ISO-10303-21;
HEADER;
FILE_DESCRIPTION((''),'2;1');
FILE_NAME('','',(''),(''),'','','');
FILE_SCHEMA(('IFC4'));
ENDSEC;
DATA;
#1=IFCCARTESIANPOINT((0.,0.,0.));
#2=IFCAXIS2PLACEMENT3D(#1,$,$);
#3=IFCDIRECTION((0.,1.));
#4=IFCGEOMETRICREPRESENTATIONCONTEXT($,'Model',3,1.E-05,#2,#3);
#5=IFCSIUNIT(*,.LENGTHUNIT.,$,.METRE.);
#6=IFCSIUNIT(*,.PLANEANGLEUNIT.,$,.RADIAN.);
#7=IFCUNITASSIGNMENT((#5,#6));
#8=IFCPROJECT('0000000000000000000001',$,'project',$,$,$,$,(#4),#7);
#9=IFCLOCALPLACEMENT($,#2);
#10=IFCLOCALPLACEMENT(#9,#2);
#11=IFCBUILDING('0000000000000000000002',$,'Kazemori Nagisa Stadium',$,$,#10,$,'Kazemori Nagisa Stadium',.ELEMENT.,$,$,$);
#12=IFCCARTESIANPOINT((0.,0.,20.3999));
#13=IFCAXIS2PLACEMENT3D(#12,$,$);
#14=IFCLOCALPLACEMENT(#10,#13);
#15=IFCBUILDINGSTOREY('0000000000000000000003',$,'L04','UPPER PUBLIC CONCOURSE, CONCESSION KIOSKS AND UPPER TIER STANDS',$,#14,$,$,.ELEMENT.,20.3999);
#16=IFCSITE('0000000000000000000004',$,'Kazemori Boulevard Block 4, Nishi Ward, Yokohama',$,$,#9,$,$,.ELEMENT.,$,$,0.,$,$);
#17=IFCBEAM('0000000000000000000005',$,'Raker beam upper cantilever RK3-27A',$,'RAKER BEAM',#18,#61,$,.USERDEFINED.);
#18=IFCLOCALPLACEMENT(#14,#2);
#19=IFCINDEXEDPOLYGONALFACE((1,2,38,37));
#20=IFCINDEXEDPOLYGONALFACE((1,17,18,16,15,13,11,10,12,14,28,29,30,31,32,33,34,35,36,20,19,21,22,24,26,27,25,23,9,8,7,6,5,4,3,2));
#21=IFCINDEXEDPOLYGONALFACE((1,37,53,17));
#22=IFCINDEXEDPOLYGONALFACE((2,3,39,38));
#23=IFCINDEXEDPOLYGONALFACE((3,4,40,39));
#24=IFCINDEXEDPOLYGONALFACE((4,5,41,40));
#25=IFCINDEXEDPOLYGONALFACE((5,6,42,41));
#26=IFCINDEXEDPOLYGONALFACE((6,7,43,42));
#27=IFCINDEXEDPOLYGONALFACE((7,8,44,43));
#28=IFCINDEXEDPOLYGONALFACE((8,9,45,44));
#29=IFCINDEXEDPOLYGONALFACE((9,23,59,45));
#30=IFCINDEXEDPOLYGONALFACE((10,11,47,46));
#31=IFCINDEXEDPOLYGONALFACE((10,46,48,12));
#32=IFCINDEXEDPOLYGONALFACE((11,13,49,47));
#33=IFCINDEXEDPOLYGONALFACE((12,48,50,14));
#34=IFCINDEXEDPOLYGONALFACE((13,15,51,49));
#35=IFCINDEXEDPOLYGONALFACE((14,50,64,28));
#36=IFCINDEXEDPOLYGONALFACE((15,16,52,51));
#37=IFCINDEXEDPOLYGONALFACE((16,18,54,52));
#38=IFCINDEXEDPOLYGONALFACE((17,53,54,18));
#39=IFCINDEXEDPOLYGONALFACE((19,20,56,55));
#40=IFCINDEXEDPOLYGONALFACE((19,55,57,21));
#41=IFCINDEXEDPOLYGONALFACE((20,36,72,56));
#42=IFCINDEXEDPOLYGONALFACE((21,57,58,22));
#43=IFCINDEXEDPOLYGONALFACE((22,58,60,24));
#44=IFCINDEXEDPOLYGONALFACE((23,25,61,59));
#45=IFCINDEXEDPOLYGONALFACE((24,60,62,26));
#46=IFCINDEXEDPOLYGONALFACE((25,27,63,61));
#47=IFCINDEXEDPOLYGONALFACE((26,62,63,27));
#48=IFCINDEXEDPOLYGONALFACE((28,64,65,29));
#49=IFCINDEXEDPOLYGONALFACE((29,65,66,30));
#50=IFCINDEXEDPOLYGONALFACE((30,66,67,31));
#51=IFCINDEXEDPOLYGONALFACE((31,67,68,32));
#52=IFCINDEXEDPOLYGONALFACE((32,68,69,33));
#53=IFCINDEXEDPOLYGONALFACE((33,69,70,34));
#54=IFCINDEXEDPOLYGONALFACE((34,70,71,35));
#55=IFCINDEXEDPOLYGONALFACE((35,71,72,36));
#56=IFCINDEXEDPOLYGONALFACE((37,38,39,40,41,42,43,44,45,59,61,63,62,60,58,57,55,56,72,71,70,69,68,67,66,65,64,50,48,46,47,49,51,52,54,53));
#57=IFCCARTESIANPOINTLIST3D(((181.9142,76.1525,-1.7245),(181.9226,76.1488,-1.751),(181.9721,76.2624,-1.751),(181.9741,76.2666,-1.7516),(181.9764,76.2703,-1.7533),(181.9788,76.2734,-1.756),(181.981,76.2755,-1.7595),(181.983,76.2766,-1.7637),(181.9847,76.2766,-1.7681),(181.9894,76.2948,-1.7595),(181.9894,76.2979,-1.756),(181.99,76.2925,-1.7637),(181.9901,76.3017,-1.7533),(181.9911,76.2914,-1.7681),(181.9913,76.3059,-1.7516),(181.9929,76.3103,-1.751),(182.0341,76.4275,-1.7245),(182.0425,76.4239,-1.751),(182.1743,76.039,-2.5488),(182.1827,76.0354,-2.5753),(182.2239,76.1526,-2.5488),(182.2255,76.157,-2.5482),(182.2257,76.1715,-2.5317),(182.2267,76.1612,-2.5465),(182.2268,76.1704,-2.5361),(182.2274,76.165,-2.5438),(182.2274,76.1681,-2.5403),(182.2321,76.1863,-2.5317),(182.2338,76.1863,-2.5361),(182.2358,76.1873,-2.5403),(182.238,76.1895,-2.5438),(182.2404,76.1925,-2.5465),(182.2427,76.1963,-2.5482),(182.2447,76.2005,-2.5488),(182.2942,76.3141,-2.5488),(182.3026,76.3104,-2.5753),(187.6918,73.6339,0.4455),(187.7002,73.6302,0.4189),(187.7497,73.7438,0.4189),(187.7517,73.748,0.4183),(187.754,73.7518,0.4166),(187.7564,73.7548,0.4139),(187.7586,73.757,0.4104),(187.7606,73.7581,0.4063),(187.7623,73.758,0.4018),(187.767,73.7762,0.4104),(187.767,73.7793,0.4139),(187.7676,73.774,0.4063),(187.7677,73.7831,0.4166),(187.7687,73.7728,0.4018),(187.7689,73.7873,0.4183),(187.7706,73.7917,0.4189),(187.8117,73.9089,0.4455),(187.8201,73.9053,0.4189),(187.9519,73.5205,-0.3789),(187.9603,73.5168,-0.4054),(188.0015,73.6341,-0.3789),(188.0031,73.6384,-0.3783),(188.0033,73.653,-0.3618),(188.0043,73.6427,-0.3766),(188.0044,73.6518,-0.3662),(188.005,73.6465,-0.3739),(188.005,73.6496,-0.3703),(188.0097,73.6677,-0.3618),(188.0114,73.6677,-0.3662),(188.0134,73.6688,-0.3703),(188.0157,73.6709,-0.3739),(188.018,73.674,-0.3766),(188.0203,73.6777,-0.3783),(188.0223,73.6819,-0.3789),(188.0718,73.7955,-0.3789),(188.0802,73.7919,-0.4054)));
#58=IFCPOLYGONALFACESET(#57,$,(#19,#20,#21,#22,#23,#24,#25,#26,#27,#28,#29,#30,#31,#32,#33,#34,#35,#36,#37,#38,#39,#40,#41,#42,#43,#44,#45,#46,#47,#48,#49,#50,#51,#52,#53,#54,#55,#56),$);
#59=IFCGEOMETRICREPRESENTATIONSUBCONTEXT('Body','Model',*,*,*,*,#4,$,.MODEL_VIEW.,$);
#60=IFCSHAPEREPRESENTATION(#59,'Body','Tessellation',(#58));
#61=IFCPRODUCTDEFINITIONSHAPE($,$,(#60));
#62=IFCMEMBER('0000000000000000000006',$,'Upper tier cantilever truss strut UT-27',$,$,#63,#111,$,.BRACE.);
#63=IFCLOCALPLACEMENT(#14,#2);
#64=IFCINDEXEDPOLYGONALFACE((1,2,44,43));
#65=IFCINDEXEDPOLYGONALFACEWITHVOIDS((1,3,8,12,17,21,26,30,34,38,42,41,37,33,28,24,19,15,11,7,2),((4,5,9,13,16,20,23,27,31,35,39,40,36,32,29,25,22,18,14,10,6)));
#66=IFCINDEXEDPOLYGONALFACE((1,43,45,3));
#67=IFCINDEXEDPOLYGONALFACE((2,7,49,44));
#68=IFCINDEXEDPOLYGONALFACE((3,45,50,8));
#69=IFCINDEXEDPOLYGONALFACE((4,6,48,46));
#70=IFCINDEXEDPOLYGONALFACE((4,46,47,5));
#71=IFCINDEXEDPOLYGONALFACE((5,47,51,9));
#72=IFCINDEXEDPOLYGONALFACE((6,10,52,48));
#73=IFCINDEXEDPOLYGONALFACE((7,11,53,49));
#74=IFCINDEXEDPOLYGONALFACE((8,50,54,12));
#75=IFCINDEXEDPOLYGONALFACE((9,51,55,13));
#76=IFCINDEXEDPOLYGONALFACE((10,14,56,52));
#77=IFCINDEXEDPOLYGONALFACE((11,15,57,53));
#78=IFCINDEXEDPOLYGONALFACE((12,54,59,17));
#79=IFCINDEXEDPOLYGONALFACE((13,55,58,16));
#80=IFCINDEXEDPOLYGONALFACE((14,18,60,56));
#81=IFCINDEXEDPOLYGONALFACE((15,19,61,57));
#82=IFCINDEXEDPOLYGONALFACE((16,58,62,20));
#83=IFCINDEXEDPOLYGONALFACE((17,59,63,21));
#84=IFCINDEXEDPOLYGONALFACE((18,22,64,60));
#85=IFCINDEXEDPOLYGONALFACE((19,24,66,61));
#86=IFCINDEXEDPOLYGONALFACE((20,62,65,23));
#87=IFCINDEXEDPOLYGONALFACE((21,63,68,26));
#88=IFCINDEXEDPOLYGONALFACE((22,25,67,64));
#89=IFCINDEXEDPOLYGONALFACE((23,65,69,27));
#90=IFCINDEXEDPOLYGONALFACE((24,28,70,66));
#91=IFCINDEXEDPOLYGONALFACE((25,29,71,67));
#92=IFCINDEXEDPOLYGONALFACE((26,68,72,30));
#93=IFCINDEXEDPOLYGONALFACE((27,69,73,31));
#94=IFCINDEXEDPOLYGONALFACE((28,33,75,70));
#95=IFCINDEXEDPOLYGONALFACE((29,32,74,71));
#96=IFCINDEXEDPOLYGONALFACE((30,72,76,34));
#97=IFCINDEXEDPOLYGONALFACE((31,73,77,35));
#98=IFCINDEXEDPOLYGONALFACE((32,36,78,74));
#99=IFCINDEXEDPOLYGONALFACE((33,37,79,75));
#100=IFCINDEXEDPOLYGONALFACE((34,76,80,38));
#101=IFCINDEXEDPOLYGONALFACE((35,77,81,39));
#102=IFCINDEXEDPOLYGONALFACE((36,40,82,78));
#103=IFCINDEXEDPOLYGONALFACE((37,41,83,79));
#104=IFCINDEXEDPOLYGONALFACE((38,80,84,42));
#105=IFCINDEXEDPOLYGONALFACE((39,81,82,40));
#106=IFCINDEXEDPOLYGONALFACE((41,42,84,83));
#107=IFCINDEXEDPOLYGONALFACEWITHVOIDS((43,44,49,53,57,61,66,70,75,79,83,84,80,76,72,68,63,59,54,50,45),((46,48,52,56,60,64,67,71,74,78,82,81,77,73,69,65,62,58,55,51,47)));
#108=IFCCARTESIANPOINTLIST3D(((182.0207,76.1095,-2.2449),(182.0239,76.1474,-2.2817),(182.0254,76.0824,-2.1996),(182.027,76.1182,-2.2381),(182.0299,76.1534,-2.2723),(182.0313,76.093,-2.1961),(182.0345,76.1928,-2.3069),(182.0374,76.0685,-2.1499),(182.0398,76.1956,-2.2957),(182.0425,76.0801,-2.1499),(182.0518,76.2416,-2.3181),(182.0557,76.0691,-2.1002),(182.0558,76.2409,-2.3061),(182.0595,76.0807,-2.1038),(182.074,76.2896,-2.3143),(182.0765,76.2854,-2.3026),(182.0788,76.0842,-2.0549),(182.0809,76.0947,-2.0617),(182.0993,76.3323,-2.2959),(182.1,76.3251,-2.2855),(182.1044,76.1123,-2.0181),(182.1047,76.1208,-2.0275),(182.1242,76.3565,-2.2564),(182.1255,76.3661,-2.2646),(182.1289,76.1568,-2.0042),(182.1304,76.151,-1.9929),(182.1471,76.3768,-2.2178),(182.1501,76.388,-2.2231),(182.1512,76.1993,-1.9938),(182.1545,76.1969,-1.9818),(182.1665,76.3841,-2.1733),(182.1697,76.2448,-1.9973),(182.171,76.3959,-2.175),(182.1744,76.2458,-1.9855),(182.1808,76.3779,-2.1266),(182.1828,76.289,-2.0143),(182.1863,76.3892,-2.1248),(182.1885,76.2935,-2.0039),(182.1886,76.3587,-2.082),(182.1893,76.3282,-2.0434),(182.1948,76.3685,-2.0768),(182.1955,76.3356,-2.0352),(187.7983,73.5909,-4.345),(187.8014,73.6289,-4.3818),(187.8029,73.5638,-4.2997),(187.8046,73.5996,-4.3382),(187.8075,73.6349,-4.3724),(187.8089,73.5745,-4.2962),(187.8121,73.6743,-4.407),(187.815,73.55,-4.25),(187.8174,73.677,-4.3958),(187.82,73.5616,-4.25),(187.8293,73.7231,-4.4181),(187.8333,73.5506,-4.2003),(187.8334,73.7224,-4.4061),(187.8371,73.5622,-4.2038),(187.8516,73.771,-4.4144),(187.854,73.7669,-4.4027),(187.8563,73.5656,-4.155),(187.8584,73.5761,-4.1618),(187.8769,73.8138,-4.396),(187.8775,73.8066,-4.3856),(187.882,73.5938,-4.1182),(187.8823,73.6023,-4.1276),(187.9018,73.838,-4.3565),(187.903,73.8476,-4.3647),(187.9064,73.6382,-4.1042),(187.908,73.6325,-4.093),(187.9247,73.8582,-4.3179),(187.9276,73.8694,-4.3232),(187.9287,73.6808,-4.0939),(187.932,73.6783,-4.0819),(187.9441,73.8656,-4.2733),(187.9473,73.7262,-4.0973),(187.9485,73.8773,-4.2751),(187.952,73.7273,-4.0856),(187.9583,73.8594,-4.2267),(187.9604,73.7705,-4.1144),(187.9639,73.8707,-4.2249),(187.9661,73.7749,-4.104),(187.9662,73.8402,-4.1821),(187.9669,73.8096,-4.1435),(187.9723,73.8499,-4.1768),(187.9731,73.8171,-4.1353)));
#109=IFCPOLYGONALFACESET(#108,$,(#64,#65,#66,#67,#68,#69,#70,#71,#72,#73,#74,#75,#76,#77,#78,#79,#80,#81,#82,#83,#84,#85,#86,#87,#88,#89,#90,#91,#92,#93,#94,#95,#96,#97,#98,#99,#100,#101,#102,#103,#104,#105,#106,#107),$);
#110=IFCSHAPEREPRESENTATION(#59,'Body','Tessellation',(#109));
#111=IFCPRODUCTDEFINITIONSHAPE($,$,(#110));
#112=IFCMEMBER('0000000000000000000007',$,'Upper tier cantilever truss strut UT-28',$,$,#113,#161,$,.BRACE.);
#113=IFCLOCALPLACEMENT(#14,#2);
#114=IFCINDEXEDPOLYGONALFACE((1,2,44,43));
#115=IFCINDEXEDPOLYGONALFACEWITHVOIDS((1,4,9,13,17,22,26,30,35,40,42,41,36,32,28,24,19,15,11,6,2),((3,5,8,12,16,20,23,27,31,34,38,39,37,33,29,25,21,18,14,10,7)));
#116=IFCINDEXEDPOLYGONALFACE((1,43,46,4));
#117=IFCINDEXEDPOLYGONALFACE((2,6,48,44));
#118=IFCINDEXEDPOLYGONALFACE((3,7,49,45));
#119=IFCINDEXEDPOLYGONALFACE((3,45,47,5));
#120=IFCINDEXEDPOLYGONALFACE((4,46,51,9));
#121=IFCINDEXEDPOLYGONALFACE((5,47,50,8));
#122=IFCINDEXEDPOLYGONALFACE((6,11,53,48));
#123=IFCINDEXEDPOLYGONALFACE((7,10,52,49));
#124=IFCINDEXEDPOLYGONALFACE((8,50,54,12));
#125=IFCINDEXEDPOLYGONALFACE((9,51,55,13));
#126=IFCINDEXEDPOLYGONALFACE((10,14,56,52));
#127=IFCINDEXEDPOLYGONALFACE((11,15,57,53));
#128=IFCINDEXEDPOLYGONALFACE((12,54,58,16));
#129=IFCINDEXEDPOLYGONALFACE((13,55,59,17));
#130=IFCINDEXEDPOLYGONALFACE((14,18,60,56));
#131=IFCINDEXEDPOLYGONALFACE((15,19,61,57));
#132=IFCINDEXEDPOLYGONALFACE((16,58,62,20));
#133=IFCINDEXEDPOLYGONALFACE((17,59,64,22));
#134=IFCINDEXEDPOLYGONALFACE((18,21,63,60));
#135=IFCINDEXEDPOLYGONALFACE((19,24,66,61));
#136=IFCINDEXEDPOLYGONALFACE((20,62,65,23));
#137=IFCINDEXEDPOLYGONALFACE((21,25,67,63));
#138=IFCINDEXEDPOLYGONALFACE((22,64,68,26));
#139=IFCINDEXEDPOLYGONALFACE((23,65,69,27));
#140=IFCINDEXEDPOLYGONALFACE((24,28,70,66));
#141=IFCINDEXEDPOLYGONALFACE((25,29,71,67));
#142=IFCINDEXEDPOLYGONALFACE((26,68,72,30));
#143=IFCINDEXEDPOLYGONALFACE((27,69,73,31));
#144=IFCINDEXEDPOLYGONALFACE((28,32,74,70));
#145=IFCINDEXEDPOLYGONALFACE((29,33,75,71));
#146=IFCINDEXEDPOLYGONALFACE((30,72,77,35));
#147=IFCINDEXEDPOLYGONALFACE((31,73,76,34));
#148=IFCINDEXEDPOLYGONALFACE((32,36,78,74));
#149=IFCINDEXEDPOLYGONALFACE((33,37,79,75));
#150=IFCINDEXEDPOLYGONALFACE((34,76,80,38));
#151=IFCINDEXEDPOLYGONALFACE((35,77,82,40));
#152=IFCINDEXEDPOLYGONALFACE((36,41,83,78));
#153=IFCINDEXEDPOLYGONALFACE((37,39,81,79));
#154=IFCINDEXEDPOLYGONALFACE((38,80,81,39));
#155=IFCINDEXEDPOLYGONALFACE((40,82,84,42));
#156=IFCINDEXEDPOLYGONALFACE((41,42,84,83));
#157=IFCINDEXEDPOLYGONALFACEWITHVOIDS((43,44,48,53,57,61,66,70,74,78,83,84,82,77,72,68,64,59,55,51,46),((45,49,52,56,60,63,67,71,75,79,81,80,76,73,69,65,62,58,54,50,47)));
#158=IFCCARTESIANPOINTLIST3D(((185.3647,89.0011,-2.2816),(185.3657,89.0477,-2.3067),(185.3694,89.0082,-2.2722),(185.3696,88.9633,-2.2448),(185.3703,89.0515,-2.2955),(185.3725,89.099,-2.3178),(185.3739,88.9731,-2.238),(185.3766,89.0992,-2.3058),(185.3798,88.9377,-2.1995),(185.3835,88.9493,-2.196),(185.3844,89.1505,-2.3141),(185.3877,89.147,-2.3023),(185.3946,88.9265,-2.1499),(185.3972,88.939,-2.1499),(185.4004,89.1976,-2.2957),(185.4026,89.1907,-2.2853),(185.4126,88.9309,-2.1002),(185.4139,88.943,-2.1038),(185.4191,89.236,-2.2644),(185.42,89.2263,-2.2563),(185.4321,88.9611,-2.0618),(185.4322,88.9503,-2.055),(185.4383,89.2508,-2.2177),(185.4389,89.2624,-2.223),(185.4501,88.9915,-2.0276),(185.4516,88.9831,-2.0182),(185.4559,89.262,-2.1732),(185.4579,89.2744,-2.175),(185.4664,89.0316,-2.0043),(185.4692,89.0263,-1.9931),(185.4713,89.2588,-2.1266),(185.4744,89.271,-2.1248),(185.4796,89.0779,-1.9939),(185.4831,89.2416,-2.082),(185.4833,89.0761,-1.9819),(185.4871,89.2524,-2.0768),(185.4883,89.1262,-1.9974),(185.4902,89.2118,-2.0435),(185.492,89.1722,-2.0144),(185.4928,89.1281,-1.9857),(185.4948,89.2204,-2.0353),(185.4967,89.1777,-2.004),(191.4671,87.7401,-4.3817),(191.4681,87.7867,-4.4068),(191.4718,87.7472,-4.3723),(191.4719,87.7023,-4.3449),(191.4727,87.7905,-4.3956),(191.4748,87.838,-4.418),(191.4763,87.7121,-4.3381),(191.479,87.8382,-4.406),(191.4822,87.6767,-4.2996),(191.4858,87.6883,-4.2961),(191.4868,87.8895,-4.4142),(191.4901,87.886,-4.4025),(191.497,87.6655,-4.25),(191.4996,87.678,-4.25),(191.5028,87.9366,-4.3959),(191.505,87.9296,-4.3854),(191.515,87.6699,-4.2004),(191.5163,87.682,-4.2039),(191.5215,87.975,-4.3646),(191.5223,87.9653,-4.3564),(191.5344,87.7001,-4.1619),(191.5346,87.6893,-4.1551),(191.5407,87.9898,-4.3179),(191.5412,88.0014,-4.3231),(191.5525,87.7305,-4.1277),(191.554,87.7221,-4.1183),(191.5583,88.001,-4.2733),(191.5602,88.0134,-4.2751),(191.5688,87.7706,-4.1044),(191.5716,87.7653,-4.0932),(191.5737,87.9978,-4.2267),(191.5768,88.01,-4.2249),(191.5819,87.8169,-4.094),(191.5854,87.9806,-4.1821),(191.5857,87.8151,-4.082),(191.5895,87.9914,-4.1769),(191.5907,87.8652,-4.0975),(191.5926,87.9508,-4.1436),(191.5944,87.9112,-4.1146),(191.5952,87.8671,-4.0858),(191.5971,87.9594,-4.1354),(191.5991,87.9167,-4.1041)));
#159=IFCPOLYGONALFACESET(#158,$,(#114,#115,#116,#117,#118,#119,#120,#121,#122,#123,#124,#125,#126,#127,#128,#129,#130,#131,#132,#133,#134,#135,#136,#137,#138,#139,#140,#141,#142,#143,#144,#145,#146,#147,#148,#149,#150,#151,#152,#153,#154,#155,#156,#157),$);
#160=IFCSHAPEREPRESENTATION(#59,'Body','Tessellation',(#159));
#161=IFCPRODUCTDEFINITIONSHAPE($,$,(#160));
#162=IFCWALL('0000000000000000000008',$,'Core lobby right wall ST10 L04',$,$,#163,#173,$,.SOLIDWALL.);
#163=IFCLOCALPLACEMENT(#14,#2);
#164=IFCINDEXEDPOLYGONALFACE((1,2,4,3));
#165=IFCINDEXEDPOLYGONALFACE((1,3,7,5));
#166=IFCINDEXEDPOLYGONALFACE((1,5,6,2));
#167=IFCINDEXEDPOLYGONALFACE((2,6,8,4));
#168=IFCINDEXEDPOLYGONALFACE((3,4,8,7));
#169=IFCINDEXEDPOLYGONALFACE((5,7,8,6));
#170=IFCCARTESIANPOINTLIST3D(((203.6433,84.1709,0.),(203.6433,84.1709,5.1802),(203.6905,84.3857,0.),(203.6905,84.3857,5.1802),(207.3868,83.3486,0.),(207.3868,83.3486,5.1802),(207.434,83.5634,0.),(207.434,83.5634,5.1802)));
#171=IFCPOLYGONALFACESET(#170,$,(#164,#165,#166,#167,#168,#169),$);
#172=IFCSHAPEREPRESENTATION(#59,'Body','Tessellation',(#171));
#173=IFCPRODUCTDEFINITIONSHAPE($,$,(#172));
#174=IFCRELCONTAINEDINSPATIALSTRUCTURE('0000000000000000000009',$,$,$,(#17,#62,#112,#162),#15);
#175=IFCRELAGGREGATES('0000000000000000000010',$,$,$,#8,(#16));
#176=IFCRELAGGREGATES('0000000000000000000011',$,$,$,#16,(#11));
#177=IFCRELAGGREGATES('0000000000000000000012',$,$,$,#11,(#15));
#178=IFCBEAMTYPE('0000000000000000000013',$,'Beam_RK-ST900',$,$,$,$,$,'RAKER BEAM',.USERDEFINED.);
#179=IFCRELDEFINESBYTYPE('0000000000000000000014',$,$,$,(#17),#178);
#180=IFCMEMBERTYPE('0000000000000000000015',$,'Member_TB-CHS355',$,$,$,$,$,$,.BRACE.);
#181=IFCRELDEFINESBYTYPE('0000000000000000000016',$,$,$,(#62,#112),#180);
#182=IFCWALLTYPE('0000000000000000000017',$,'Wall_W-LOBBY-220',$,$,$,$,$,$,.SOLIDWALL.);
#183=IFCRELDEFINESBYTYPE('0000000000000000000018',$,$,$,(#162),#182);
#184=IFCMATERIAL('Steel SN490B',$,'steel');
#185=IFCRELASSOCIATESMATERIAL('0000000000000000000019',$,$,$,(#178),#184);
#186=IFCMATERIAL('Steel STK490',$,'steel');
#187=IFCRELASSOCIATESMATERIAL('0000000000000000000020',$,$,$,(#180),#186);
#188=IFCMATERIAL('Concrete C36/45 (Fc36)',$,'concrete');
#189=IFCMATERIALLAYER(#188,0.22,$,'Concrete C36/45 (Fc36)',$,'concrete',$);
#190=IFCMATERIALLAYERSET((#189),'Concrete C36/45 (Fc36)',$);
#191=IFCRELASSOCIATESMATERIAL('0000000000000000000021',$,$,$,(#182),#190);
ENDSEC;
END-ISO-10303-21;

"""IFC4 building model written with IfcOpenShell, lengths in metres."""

from ifc_helpers import new_model, si_unit, direction, frame, frame_2d, origin, origin_2d, place, context, subcontext, project, spatial, rectangle, hollow_circle, i_section, extrude, material, layer, layer_set, material_profile, profile_set, type_object, element, save


model = new_model("IFC4")

# Units and contexts
model_context = context("Model", 3, precision=1e-05, world=origin(), true_north=direction((0.0, 1.0)))
body_context = subcontext(model_context, "Body", "Model", "MODEL_VIEW")
ifc_project = project(units=[si_unit("LENGTHUNIT", "METRE"), si_unit("PLANEANGLEUNIT", "RADIAN")], contexts=[model_context])

# Site, building, storey
site_placement = place(None, origin())
site = spatial("IfcSite", under=ifc_project, at=site_placement, Name="Kazemori Boulevard Block 4, Nishi Ward, Yokohama", CompositionType="ELEMENT", RefElevation=0.0)
building_placement = place(site_placement, origin())
building = spatial("IfcBuilding", under=site, at=building_placement, Name="Kazemori Nagisa Stadium", LongName="Kazemori Nagisa Stadium", CompositionType="ELEMENT")
storey_placement = place(building_placement, frame((0.0, 0.0, 20.3999)))
storey = spatial("IfcBuildingStorey", under=building, at=storey_placement, Name="L04", Description="UPPER PUBLIC CONCOURSE, CONCESSION KIOSKS AND UPPER TIER STANDS", CompositionType="ELEMENT", Elevation=20.3999)

# Beam
ifc_material_1 = material(Name="Steel SN490B", Category="steel")
ifc_material_profile_1 = material_profile(ifc_material_1, i_section(OverallWidth=0.3, OverallDepth=0.8999, WebThickness=0.0161, FlangeThickness=0.0281, FilletRadius=0.0181, at=origin_2d()), Name="H-900x300x16x28")
ifc_profile_set_1 = profile_set([ifc_material_profile_1], Name="Steel SN490B")
beam_type_1 = type_object("IfcBeamType", Name="Beam_RK-ST900", ElementType="RAKER BEAM", PredefinedType="USERDEFINED", material=ifc_profile_set_1)
beam_1_placement = place(storey_placement, frame((182.1084, 76.2314, -2.1499), z_axis=(0.866758, -0.377835, 0.325533), x_axis=(0.399601, 0.916689, 0.0)))
element("IfcBeam", 1, at=beam_1_placement, inside=storey, type_object=beam_type_1, Name="Raker beam upper cantilever RK3-27A", ObjectType="RAKER BEAM", PredefinedType="USERDEFINED", context=body_context, shape_type="SweptSolid", body=[
    extrude(i_section(OverallWidth=0.3, OverallDepth=0.8999, WebThickness=0.0161, FlangeThickness=0.0281, FilletRadius=0.0181, at=origin_2d()), origin(), (0.0, 0.0, 1.0), 6.6658),
])

# Members
ifc_material_2 = material(Name="Steel STK490", Category="steel")
ifc_material_profile_2 = material_profile(ifc_material_2, hollow_circle(Radius=0.1777, WallThickness=0.0127, at=origin_2d()), Name="CHS-355.6x12.7")
ifc_profile_set_2 = profile_set([ifc_material_profile_2], Name="Steel STK490")
member_type = type_object("IfcMemberType", Name="Member_TB-CHS355", PredefinedType="BRACE", material=ifc_profile_set_2)
member_1_placement = place(storey_placement, frame((187.886, 73.7129, -4.25), z_axis=(-0.86968, 0.379109, 0.31612), x_axis=(-0.399601, -0.916689, 0.0)))
element("IfcMember", 2, at=member_1_placement, inside=storey, type_object=member_type, Name="Upper tier cantilever truss strut UT-27", PredefinedType="BRACE", context=body_context, shape_type="SweptSolid", body=[
    extrude(hollow_circle(Radius=0.1777, WallThickness=0.0127, at=origin_2d()), origin(), (0.0, 0.0, 1.0), 6.6433),
])
member_2_placement = place(storey_placement, frame((191.533, 87.8396, -4.25), z_axis=(-0.928021, 0.191768, 0.319377), x_axis=(-0.202366, -0.97931, 0.0)))
element("IfcMember", 3, at=member_2_placement, inside=storey, type_object=member_type, Name="Upper tier cantilever truss strut UT-28", PredefinedType="BRACE", context=body_context, shape_type="SweptSolid", body=[
    extrude(hollow_circle(Radius=0.1777, WallThickness=0.0127, at=origin_2d()), origin(), (0.0, 0.0, 1.0), 6.5757),
])

# Wall
ifc_material_3 = material(Name="Concrete C36/45 (Fc36)", Category="concrete")
ifc_layer = layer(ifc_material_3, 0.22, Name="Concrete C36/45 (Fc36)", Category="concrete")
ifc_layer_set = layer_set([ifc_layer], Name="Concrete C36/45 (Fc36)")
wall_type = type_object("IfcWallType", Name="Wall_W-LOBBY-220", PredefinedType="SOLIDWALL", material=ifc_layer_set)
wall_placement = place(storey_placement, frame((203.6667, 84.2783, 0.0), z_axis=(0.0, 0.0, 1.0), x_axis=(0.976715, -0.214542, 0.0)))
element("IfcWall", 4, at=wall_placement, inside=storey, type_object=wall_type, Name="Core lobby right wall ST10 L04", PredefinedType="SOLIDWALL", context=body_context, shape_type="SweptSolid", body=[
    extrude(rectangle(XDim=3.8328, YDim=0.22, at=frame_2d((1.9165, 0.0))), origin(), (0.0, 0.0, 1.0), 5.1802),
])

save(model, "model.ifc")
